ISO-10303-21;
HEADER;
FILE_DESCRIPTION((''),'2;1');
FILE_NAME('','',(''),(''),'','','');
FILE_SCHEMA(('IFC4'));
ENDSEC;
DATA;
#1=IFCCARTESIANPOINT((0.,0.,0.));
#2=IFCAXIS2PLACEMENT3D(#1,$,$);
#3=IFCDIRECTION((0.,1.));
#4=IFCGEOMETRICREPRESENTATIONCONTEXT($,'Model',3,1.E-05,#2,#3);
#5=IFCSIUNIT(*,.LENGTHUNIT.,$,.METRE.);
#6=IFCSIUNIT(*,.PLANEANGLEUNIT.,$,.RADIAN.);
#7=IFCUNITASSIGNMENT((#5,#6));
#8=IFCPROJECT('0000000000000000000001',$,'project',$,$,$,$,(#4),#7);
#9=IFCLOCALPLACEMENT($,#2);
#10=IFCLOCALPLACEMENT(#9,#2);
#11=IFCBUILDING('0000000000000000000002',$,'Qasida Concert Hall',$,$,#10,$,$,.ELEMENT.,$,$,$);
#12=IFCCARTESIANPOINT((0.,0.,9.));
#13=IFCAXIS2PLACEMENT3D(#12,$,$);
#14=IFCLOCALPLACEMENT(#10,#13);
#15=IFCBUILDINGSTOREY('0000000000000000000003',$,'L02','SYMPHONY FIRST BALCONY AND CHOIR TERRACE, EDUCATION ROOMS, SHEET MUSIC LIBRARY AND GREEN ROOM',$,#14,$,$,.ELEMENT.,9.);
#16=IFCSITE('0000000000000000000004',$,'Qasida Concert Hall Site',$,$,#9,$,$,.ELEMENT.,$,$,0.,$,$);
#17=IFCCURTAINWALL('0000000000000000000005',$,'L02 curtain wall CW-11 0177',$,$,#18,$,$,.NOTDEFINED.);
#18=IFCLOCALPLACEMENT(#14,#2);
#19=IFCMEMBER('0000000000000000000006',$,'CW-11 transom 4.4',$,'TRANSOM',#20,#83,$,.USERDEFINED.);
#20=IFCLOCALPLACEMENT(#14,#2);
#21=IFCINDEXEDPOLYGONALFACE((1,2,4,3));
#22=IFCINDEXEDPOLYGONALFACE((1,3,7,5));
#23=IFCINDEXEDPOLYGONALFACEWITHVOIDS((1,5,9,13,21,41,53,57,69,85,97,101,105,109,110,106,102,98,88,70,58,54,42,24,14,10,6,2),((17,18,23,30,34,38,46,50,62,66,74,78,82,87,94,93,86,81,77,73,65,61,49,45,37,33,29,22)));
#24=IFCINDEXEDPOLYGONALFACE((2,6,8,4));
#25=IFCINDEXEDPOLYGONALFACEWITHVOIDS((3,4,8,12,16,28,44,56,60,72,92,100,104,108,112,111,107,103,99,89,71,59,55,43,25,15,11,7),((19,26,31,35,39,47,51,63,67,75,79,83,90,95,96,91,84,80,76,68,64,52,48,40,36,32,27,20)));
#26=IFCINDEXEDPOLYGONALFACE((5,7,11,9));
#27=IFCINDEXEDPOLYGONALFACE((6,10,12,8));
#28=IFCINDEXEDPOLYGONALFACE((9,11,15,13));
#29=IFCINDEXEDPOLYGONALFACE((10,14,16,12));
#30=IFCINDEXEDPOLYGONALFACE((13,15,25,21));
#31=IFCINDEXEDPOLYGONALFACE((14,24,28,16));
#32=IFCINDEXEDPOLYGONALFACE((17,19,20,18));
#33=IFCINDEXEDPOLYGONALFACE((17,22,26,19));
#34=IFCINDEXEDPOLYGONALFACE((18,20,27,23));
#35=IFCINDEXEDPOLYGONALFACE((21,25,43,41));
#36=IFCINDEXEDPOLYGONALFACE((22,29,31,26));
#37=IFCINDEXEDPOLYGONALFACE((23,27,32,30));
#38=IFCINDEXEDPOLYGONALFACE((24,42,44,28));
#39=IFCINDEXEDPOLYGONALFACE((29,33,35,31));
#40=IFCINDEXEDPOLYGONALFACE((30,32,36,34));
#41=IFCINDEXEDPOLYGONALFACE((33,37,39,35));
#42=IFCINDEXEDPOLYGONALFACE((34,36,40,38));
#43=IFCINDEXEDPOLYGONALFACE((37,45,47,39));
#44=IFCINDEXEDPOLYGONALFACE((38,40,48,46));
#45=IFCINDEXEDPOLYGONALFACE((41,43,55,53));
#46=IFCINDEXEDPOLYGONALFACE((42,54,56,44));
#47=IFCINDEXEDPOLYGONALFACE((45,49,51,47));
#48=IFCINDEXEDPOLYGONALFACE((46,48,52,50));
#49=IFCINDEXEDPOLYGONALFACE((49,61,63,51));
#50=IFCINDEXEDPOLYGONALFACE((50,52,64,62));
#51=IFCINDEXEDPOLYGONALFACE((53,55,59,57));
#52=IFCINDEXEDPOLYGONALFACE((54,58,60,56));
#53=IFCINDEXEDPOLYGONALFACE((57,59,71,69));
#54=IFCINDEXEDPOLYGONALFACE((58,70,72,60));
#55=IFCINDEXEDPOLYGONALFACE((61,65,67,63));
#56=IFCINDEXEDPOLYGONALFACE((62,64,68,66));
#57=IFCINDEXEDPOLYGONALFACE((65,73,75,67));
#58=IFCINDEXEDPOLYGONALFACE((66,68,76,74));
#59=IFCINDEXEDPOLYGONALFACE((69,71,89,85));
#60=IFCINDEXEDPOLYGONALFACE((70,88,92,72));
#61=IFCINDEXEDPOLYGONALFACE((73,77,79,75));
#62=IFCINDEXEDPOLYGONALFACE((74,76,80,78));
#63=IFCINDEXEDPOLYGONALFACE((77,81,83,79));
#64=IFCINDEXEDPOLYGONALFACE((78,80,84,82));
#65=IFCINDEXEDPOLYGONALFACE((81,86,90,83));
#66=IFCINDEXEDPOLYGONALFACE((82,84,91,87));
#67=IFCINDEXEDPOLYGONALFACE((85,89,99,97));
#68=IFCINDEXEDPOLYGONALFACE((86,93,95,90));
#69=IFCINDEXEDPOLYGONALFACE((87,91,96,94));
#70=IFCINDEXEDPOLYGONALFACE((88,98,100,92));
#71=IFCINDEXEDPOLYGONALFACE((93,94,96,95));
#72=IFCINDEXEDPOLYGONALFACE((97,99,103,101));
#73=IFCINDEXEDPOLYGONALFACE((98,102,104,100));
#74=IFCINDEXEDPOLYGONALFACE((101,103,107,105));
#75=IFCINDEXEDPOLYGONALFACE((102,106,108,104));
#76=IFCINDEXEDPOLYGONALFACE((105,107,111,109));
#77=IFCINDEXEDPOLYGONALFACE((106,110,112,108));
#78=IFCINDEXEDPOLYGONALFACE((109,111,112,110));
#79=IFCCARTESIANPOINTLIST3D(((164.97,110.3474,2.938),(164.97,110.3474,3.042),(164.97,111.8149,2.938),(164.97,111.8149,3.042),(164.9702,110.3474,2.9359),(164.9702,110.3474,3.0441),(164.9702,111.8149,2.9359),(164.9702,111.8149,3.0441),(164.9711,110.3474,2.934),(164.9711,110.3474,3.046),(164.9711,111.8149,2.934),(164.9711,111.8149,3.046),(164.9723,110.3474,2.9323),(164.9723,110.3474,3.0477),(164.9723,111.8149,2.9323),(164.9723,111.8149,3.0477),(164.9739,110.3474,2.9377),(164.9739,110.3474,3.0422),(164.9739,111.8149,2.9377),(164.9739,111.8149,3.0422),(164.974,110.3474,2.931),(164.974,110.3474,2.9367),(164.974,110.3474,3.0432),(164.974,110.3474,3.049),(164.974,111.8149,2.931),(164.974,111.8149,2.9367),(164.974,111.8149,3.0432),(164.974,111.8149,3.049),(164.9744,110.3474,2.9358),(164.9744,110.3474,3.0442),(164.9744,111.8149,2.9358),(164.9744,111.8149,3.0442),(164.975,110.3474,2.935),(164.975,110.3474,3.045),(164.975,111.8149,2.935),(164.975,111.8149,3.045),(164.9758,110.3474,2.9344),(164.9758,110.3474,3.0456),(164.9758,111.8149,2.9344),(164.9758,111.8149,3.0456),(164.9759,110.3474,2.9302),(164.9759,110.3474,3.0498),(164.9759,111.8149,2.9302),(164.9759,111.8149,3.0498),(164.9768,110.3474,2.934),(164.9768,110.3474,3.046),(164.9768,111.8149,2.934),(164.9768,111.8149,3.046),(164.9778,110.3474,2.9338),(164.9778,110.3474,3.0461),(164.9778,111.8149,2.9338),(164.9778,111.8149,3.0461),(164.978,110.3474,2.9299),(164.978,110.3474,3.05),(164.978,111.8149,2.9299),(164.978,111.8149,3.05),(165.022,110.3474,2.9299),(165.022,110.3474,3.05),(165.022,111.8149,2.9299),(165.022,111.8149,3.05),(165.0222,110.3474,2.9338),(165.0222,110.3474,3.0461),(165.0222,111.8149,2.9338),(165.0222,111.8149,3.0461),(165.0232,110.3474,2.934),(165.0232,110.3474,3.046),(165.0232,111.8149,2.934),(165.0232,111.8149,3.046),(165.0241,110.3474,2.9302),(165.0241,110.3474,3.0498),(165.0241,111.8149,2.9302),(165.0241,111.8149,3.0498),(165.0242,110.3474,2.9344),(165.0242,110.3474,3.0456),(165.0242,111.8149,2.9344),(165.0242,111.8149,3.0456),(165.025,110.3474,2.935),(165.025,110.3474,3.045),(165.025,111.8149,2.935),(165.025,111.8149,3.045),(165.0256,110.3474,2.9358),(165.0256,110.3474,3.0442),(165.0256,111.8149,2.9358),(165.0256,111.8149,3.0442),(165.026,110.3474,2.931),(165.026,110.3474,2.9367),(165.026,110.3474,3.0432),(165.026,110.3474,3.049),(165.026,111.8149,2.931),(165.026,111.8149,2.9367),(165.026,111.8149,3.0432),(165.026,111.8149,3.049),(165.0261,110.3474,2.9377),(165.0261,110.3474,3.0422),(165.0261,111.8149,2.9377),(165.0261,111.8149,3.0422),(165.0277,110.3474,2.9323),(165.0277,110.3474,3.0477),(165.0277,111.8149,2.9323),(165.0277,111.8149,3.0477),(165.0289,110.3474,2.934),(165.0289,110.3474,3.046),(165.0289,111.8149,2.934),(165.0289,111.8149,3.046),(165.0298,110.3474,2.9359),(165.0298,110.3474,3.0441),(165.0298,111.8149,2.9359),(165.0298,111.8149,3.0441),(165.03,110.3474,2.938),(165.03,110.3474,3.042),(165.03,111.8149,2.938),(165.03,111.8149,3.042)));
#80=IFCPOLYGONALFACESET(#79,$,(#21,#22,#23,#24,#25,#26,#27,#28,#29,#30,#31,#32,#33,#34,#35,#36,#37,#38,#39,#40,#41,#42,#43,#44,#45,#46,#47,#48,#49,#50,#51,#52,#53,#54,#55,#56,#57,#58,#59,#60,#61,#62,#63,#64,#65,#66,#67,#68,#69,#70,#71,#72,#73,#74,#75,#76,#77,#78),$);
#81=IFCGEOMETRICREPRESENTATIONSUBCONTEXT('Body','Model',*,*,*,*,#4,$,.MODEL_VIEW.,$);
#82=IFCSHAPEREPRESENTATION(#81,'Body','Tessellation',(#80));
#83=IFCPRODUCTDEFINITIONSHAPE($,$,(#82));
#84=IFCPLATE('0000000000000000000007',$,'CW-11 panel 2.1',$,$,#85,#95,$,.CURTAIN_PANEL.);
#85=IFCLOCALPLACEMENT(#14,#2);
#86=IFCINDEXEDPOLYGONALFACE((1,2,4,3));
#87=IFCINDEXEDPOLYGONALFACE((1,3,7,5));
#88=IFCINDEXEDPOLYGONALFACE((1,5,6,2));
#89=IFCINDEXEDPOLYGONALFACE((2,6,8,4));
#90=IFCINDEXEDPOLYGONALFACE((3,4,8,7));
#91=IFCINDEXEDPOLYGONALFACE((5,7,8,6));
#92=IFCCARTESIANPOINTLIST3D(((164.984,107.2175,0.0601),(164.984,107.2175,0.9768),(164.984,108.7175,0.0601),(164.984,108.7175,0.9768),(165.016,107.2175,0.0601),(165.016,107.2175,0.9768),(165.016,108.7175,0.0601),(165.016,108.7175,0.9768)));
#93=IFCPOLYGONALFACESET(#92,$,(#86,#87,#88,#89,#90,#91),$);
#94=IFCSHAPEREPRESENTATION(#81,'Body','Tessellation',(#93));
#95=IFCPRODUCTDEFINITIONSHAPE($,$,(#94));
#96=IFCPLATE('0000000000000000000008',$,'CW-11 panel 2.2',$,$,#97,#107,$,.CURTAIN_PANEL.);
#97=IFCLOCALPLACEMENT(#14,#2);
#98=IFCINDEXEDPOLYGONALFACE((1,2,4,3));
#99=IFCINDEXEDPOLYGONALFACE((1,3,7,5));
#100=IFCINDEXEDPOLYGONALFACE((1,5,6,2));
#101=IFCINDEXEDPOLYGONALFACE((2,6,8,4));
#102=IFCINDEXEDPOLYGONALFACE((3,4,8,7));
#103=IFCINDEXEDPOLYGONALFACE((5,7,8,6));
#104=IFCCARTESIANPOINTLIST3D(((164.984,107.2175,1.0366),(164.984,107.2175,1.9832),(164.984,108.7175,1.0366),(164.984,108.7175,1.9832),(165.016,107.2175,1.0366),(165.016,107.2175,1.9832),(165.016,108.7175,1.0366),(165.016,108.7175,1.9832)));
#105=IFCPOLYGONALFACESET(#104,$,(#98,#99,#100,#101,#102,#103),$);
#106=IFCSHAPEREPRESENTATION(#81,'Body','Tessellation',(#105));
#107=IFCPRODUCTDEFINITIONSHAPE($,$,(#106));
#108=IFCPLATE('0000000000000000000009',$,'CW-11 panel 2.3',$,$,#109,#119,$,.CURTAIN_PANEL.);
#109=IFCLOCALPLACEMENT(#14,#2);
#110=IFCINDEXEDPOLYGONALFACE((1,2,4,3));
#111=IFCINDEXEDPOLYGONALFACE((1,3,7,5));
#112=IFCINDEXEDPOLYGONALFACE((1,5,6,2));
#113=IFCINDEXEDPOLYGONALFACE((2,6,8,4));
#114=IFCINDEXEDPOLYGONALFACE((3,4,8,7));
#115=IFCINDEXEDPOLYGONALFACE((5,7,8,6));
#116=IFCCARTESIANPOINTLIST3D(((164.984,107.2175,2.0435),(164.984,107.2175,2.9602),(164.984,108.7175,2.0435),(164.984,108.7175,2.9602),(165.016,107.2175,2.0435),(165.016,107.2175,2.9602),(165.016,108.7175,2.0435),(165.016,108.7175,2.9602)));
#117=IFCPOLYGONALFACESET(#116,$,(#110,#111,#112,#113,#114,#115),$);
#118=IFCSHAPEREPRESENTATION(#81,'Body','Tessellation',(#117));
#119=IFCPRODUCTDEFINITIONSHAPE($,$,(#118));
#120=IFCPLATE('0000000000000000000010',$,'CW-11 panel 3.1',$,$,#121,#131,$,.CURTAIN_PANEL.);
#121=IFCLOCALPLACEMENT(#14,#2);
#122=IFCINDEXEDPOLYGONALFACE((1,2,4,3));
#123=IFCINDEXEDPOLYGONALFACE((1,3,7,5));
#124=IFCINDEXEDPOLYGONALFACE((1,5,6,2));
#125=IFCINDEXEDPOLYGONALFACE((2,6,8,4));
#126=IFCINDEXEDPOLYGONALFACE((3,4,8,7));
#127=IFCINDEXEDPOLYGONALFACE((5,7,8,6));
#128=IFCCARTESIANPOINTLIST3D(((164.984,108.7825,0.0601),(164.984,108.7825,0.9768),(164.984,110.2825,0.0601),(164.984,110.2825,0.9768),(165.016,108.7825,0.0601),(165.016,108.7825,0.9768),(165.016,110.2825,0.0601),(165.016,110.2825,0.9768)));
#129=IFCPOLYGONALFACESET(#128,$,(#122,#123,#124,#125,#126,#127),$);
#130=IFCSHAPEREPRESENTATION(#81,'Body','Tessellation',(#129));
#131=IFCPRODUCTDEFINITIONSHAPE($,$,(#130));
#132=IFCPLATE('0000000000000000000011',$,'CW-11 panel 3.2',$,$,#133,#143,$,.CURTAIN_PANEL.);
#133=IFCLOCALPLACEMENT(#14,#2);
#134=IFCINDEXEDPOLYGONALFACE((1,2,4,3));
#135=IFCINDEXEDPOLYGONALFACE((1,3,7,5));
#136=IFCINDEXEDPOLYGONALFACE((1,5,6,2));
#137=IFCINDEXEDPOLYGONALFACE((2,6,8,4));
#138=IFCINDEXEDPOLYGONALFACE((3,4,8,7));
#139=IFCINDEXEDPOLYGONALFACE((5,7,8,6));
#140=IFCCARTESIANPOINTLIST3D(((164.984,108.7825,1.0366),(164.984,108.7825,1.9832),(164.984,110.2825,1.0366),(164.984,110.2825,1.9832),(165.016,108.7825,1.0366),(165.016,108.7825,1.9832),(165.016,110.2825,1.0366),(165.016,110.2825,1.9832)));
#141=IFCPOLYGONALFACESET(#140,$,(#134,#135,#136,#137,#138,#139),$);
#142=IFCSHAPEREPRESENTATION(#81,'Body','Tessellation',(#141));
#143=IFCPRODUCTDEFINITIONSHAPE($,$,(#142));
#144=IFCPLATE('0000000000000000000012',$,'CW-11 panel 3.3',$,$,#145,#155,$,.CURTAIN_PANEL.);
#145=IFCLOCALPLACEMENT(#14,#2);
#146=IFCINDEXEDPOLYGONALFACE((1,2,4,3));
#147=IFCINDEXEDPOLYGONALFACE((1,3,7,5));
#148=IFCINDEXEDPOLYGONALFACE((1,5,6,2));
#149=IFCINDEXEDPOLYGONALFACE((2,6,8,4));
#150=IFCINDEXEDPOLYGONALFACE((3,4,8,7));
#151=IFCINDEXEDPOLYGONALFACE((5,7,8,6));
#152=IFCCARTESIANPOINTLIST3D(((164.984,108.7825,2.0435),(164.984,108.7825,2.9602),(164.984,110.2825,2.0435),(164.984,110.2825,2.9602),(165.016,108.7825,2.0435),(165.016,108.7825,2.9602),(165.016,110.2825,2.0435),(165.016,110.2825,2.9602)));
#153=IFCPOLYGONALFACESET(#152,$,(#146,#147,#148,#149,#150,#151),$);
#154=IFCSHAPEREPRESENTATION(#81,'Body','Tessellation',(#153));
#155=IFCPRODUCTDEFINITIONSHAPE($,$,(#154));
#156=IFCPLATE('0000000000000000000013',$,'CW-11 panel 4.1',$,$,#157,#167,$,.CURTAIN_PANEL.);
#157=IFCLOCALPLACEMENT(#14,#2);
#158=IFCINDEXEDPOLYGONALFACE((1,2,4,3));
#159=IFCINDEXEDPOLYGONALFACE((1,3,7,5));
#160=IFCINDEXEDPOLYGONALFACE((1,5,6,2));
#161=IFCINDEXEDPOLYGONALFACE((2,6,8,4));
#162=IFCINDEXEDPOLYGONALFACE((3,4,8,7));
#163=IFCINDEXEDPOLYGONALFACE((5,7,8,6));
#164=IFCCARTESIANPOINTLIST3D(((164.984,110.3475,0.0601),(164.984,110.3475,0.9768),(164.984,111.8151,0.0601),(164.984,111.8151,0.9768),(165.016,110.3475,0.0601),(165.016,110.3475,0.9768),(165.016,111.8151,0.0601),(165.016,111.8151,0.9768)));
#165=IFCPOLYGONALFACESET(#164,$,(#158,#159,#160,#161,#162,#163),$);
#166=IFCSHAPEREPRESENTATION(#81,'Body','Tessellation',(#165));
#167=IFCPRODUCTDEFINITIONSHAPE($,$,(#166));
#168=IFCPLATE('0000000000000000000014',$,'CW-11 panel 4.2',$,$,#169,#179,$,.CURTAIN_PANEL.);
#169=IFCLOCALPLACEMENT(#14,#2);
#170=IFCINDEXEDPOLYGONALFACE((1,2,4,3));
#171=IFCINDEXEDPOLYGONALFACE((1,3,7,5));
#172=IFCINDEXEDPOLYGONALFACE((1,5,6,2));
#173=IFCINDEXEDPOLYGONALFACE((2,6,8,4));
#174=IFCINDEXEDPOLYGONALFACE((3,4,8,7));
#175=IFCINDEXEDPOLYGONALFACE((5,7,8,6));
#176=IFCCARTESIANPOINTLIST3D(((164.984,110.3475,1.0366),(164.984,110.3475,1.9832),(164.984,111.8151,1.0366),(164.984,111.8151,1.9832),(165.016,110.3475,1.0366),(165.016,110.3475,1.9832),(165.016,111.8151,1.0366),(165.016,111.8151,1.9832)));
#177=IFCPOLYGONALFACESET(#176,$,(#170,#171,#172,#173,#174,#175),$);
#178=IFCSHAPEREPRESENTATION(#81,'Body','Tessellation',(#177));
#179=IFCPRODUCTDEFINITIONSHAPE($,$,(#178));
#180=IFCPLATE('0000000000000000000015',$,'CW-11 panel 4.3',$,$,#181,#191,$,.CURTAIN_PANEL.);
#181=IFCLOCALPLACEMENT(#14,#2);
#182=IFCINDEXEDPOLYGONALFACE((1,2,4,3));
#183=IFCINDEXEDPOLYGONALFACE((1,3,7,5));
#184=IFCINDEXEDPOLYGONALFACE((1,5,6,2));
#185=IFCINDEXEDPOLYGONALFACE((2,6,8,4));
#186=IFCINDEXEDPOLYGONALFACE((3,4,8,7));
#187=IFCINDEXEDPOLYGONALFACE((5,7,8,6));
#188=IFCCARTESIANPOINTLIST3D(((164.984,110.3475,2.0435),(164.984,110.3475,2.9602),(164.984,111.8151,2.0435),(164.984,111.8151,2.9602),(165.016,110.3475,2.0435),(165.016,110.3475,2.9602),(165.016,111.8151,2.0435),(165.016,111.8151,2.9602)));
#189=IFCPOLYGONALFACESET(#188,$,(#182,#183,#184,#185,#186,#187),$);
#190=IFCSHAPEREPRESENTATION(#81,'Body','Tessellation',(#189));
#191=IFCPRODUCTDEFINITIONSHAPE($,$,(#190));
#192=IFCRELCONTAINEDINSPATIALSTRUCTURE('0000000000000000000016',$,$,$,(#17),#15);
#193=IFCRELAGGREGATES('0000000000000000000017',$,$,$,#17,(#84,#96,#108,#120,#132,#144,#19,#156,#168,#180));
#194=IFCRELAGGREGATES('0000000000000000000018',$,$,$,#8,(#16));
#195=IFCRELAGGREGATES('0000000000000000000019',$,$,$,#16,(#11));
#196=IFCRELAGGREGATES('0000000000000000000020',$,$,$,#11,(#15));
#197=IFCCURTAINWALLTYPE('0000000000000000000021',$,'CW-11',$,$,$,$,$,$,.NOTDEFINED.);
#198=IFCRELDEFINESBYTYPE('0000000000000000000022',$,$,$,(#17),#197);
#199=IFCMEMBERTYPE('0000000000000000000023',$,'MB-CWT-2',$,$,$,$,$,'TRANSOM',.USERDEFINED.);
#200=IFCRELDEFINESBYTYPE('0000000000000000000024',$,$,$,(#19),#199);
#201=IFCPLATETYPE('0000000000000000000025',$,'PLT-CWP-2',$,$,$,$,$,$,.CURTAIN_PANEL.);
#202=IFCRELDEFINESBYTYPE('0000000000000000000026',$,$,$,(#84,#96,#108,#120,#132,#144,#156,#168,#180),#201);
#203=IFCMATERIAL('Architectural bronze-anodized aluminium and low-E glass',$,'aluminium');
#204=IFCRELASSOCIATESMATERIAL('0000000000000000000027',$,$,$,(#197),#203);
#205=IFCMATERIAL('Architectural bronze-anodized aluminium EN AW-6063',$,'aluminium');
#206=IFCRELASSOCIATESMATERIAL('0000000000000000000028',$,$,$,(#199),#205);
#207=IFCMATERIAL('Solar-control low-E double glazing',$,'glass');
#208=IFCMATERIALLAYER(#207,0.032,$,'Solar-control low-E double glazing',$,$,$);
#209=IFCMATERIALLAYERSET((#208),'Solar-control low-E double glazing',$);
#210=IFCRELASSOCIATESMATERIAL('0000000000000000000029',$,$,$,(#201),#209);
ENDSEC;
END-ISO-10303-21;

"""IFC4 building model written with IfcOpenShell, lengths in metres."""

from ifc_helpers import new_model, si_unit, direction, frame, origin, origin_2d, place, context, subcontext, project, spatial, rectangle, hollow_rectangle, extrude, material, layer, layer_set, material_profile, profile_set, type_object, element, aggregate, save


model = new_model("IFC4")

# Units and contexts
model_context = context("Model", 3, precision=1e-05, world=origin(), true_north=direction((0.0, 1.0)))
body_context = subcontext(model_context, "Body", "Model", "MODEL_VIEW")
ifc_project = project(units=[si_unit("LENGTHUNIT", "METRE"), si_unit("PLANEANGLEUNIT", "RADIAN")], contexts=[model_context])

# Site, building, storey
site_placement = place(None, origin())
site = spatial("IfcSite", under=ifc_project, at=site_placement, Name="Qasida Concert Hall Site", CompositionType="ELEMENT", RefElevation=0.0)
building_placement = place(site_placement, origin())
building = spatial("IfcBuilding", under=site, at=building_placement, Name="Qasida Concert Hall", CompositionType="ELEMENT")
storey_placement = place(building_placement, frame((0.0, 0.0, 9.0)))
storey = spatial("IfcBuildingStorey", under=building, at=storey_placement, Name="L02", Description="SYMPHONY FIRST BALCONY AND CHOIR TERRACE, EDUCATION ROOMS, SHEET MUSIC LIBRARY AND GREEN ROOM", CompositionType="ELEMENT", Elevation=9.0)

# Curtain wall, member, plates
ifc_material_1 = material(Name="Architectural bronze-anodized aluminium and low-E glass", Category="aluminium")
curtain_wall_type = type_object("IfcCurtainWallType", Name="CW-11", PredefinedType="NOTDEFINED", material=ifc_material_1)
curtain_wall_placement = place(storey_placement, origin())
curtain_wall = element("IfcCurtainWall", 1, at=curtain_wall_placement, inside=storey, type_object=curtain_wall_type, Name="L02 curtain wall CW-11 0177", PredefinedType="NOTDEFINED")
ifc_material_2 = material(Name="Architectural bronze-anodized aluminium EN AW-6063", Category="aluminium")
ifc_material_profile_1 = material_profile(ifc_material_2, hollow_rectangle(XDim=0.0601, YDim=0.1201, WallThickness=0.0039, InnerFilletRadius=0.0039, OuterFilletRadius=0.0081, at=origin_2d()), Name="CWT 120x60x4")
ifc_profile_set_1 = profile_set([ifc_material_profile_1], Name="Architectural bronze-anodized aluminium EN AW-6063")
member_type_1 = type_object("IfcMemberType", Name="MB-CWT-2", ElementType="TRANSOM", PredefinedType="USERDEFINED", material=ifc_profile_set_1)
member_1_placement = place(storey_placement, frame((165.0, 110.3474, 2.99), z_axis=(0.0, 1.0, 0.0), x_axis=(-1.0, 0.0, 0.0)))
member_1 = element("IfcMember", 2, at=member_1_placement, type_object=member_type_1, Name="CW-11 transom 4.4", ObjectType="TRANSOM", PredefinedType="USERDEFINED", context=body_context, shape_type="SweptSolid", body=[
    extrude(hollow_rectangle(XDim=0.0601, YDim=0.1201, WallThickness=0.0039, InnerFilletRadius=0.0039, OuterFilletRadius=0.0081, at=origin_2d()), origin(), (0.0, 0.0, 1.0), 1.4675),
])
ifc_material_3 = material(Name="Solar-control low-E double glazing", Category="glass")
ifc_layer_1 = layer(ifc_material_3, 0.032, Name="Solar-control low-E double glazing")
ifc_layer_set_1 = layer_set([ifc_layer_1], Name="Solar-control low-E double glazing")
plate_type = type_object("IfcPlateType", Name="PLT-CWP-2", PredefinedType="CURTAIN_PANEL", material=ifc_layer_set_1)
plate_1_placement = place(storey_placement, frame((165.0, 107.9675, 0.0601), z_axis=(0.0, 0.0, 1.0), x_axis=(0.0, 1.0, 0.0)))
plate_1 = element("IfcPlate", 3, at=plate_1_placement, type_object=plate_type, Name="CW-11 panel 2.1", PredefinedType="CURTAIN_PANEL", context=body_context, shape_type="SweptSolid", body=[
    extrude(rectangle(XDim=1.5, YDim=0.032, at=origin_2d()), origin(), (0.0, 0.0, 1.0), 0.9167),
])
plate_2_placement = place(storey_placement, frame((165.0, 107.9675, 1.0366), z_axis=(0.0, 0.0, 1.0), x_axis=(0.0, 1.0, 0.0)))
plate_2 = element("IfcPlate", 4, at=plate_2_placement, type_object=plate_type, Name="CW-11 panel 2.2", PredefinedType="CURTAIN_PANEL", context=body_context, shape_type="SweptSolid", body=[
    extrude(rectangle(XDim=1.5, YDim=0.032, at=origin_2d()), origin(), (0.0, 0.0, 1.0), 0.9465),
])
plate_3_placement = place(storey_placement, frame((165.0, 107.9675, 2.0435), z_axis=(0.0, 0.0, 1.0), x_axis=(0.0, 1.0, 0.0)))
plate_3 = element("IfcPlate", 5, at=plate_3_placement, type_object=plate_type, Name="CW-11 panel 2.3", PredefinedType="CURTAIN_PANEL", context=body_context, shape_type="SweptSolid", body=[
    extrude(rectangle(XDim=1.5, YDim=0.032, at=origin_2d()), origin(), (0.0, 0.0, 1.0), 0.9167),
])
plate_4_placement = place(storey_placement, frame((165.0, 109.5325, 0.0601), z_axis=(0.0, 0.0, 1.0), x_axis=(0.0, 1.0, 0.0)))
plate_4 = element("IfcPlate", 6, at=plate_4_placement, type_object=plate_type, Name="CW-11 panel 3.1", PredefinedType="CURTAIN_PANEL", context=body_context, shape_type="SweptSolid", body=[
    extrude(rectangle(XDim=1.5, YDim=0.032, at=origin_2d()), origin(), (0.0, 0.0, 1.0), 0.9167),
])
plate_5_placement = place(storey_placement, frame((165.0, 109.5325, 1.0366), z_axis=(0.0, 0.0, 1.0), x_axis=(0.0, 1.0, 0.0)))
plate_5 = element("IfcPlate", 7, at=plate_5_placement, type_object=plate_type, Name="CW-11 panel 3.2", PredefinedType="CURTAIN_PANEL", context=body_context, shape_type="SweptSolid", body=[
    extrude(rectangle(XDim=1.5, YDim=0.032, at=origin_2d()), origin(), (0.0, 0.0, 1.0), 0.9465),
])
plate_6_placement = place(storey_placement, frame((165.0, 109.5325, 2.0435), z_axis=(0.0, 0.0, 1.0), x_axis=(0.0, 1.0, 0.0)))
plate_6 = element("IfcPlate", 8, at=plate_6_placement, type_object=plate_type, Name="CW-11 panel 3.3", PredefinedType="CURTAIN_PANEL", context=body_context, shape_type="SweptSolid", body=[
    extrude(rectangle(XDim=1.5, YDim=0.032, at=origin_2d()), origin(), (0.0, 0.0, 1.0), 0.9167),
])
plate_7_placement = place(storey_placement, frame((165.0, 111.0813, 0.0601), z_axis=(0.0, 0.0, 1.0), x_axis=(0.0, 1.0, 0.0)))
plate_7 = element("IfcPlate", 9, at=plate_7_placement, type_object=plate_type, Name="CW-11 panel 4.1", PredefinedType="CURTAIN_PANEL", context=body_context, shape_type="SweptSolid", body=[
    extrude(rectangle(XDim=1.4675, YDim=0.032, at=origin_2d()), origin(), (0.0, 0.0, 1.0), 0.9167),
])
plate_8_placement = place(storey_placement, frame((165.0, 111.0813, 1.0366), z_axis=(0.0, 0.0, 1.0), x_axis=(0.0, 1.0, 0.0)))
plate_8 = element("IfcPlate", 10, at=plate_8_placement, type_object=plate_type, Name="CW-11 panel 4.2", PredefinedType="CURTAIN_PANEL", context=body_context, shape_type="SweptSolid", body=[
    extrude(rectangle(XDim=1.4675, YDim=0.032, at=origin_2d()), origin(), (0.0, 0.0, 1.0), 0.9465),
])
plate_9_placement = place(storey_placement, frame((165.0, 111.0813, 2.0435), z_axis=(0.0, 0.0, 1.0), x_axis=(0.0, 1.0, 0.0)))
plate_9 = element("IfcPlate", 11, at=plate_9_placement, type_object=plate_type, Name="CW-11 panel 4.3", PredefinedType="CURTAIN_PANEL", context=body_context, shape_type="SweptSolid", body=[
    extrude(rectangle(XDim=1.4675, YDim=0.032, at=origin_2d()), origin(), (0.0, 0.0, 1.0), 0.9167),
])
aggregate(curtain_wall, [plate_1, plate_2, plate_3, plate_4, plate_5, plate_6, member_1, plate_7, plate_8, plate_9])

save(model, "model.ifc")
